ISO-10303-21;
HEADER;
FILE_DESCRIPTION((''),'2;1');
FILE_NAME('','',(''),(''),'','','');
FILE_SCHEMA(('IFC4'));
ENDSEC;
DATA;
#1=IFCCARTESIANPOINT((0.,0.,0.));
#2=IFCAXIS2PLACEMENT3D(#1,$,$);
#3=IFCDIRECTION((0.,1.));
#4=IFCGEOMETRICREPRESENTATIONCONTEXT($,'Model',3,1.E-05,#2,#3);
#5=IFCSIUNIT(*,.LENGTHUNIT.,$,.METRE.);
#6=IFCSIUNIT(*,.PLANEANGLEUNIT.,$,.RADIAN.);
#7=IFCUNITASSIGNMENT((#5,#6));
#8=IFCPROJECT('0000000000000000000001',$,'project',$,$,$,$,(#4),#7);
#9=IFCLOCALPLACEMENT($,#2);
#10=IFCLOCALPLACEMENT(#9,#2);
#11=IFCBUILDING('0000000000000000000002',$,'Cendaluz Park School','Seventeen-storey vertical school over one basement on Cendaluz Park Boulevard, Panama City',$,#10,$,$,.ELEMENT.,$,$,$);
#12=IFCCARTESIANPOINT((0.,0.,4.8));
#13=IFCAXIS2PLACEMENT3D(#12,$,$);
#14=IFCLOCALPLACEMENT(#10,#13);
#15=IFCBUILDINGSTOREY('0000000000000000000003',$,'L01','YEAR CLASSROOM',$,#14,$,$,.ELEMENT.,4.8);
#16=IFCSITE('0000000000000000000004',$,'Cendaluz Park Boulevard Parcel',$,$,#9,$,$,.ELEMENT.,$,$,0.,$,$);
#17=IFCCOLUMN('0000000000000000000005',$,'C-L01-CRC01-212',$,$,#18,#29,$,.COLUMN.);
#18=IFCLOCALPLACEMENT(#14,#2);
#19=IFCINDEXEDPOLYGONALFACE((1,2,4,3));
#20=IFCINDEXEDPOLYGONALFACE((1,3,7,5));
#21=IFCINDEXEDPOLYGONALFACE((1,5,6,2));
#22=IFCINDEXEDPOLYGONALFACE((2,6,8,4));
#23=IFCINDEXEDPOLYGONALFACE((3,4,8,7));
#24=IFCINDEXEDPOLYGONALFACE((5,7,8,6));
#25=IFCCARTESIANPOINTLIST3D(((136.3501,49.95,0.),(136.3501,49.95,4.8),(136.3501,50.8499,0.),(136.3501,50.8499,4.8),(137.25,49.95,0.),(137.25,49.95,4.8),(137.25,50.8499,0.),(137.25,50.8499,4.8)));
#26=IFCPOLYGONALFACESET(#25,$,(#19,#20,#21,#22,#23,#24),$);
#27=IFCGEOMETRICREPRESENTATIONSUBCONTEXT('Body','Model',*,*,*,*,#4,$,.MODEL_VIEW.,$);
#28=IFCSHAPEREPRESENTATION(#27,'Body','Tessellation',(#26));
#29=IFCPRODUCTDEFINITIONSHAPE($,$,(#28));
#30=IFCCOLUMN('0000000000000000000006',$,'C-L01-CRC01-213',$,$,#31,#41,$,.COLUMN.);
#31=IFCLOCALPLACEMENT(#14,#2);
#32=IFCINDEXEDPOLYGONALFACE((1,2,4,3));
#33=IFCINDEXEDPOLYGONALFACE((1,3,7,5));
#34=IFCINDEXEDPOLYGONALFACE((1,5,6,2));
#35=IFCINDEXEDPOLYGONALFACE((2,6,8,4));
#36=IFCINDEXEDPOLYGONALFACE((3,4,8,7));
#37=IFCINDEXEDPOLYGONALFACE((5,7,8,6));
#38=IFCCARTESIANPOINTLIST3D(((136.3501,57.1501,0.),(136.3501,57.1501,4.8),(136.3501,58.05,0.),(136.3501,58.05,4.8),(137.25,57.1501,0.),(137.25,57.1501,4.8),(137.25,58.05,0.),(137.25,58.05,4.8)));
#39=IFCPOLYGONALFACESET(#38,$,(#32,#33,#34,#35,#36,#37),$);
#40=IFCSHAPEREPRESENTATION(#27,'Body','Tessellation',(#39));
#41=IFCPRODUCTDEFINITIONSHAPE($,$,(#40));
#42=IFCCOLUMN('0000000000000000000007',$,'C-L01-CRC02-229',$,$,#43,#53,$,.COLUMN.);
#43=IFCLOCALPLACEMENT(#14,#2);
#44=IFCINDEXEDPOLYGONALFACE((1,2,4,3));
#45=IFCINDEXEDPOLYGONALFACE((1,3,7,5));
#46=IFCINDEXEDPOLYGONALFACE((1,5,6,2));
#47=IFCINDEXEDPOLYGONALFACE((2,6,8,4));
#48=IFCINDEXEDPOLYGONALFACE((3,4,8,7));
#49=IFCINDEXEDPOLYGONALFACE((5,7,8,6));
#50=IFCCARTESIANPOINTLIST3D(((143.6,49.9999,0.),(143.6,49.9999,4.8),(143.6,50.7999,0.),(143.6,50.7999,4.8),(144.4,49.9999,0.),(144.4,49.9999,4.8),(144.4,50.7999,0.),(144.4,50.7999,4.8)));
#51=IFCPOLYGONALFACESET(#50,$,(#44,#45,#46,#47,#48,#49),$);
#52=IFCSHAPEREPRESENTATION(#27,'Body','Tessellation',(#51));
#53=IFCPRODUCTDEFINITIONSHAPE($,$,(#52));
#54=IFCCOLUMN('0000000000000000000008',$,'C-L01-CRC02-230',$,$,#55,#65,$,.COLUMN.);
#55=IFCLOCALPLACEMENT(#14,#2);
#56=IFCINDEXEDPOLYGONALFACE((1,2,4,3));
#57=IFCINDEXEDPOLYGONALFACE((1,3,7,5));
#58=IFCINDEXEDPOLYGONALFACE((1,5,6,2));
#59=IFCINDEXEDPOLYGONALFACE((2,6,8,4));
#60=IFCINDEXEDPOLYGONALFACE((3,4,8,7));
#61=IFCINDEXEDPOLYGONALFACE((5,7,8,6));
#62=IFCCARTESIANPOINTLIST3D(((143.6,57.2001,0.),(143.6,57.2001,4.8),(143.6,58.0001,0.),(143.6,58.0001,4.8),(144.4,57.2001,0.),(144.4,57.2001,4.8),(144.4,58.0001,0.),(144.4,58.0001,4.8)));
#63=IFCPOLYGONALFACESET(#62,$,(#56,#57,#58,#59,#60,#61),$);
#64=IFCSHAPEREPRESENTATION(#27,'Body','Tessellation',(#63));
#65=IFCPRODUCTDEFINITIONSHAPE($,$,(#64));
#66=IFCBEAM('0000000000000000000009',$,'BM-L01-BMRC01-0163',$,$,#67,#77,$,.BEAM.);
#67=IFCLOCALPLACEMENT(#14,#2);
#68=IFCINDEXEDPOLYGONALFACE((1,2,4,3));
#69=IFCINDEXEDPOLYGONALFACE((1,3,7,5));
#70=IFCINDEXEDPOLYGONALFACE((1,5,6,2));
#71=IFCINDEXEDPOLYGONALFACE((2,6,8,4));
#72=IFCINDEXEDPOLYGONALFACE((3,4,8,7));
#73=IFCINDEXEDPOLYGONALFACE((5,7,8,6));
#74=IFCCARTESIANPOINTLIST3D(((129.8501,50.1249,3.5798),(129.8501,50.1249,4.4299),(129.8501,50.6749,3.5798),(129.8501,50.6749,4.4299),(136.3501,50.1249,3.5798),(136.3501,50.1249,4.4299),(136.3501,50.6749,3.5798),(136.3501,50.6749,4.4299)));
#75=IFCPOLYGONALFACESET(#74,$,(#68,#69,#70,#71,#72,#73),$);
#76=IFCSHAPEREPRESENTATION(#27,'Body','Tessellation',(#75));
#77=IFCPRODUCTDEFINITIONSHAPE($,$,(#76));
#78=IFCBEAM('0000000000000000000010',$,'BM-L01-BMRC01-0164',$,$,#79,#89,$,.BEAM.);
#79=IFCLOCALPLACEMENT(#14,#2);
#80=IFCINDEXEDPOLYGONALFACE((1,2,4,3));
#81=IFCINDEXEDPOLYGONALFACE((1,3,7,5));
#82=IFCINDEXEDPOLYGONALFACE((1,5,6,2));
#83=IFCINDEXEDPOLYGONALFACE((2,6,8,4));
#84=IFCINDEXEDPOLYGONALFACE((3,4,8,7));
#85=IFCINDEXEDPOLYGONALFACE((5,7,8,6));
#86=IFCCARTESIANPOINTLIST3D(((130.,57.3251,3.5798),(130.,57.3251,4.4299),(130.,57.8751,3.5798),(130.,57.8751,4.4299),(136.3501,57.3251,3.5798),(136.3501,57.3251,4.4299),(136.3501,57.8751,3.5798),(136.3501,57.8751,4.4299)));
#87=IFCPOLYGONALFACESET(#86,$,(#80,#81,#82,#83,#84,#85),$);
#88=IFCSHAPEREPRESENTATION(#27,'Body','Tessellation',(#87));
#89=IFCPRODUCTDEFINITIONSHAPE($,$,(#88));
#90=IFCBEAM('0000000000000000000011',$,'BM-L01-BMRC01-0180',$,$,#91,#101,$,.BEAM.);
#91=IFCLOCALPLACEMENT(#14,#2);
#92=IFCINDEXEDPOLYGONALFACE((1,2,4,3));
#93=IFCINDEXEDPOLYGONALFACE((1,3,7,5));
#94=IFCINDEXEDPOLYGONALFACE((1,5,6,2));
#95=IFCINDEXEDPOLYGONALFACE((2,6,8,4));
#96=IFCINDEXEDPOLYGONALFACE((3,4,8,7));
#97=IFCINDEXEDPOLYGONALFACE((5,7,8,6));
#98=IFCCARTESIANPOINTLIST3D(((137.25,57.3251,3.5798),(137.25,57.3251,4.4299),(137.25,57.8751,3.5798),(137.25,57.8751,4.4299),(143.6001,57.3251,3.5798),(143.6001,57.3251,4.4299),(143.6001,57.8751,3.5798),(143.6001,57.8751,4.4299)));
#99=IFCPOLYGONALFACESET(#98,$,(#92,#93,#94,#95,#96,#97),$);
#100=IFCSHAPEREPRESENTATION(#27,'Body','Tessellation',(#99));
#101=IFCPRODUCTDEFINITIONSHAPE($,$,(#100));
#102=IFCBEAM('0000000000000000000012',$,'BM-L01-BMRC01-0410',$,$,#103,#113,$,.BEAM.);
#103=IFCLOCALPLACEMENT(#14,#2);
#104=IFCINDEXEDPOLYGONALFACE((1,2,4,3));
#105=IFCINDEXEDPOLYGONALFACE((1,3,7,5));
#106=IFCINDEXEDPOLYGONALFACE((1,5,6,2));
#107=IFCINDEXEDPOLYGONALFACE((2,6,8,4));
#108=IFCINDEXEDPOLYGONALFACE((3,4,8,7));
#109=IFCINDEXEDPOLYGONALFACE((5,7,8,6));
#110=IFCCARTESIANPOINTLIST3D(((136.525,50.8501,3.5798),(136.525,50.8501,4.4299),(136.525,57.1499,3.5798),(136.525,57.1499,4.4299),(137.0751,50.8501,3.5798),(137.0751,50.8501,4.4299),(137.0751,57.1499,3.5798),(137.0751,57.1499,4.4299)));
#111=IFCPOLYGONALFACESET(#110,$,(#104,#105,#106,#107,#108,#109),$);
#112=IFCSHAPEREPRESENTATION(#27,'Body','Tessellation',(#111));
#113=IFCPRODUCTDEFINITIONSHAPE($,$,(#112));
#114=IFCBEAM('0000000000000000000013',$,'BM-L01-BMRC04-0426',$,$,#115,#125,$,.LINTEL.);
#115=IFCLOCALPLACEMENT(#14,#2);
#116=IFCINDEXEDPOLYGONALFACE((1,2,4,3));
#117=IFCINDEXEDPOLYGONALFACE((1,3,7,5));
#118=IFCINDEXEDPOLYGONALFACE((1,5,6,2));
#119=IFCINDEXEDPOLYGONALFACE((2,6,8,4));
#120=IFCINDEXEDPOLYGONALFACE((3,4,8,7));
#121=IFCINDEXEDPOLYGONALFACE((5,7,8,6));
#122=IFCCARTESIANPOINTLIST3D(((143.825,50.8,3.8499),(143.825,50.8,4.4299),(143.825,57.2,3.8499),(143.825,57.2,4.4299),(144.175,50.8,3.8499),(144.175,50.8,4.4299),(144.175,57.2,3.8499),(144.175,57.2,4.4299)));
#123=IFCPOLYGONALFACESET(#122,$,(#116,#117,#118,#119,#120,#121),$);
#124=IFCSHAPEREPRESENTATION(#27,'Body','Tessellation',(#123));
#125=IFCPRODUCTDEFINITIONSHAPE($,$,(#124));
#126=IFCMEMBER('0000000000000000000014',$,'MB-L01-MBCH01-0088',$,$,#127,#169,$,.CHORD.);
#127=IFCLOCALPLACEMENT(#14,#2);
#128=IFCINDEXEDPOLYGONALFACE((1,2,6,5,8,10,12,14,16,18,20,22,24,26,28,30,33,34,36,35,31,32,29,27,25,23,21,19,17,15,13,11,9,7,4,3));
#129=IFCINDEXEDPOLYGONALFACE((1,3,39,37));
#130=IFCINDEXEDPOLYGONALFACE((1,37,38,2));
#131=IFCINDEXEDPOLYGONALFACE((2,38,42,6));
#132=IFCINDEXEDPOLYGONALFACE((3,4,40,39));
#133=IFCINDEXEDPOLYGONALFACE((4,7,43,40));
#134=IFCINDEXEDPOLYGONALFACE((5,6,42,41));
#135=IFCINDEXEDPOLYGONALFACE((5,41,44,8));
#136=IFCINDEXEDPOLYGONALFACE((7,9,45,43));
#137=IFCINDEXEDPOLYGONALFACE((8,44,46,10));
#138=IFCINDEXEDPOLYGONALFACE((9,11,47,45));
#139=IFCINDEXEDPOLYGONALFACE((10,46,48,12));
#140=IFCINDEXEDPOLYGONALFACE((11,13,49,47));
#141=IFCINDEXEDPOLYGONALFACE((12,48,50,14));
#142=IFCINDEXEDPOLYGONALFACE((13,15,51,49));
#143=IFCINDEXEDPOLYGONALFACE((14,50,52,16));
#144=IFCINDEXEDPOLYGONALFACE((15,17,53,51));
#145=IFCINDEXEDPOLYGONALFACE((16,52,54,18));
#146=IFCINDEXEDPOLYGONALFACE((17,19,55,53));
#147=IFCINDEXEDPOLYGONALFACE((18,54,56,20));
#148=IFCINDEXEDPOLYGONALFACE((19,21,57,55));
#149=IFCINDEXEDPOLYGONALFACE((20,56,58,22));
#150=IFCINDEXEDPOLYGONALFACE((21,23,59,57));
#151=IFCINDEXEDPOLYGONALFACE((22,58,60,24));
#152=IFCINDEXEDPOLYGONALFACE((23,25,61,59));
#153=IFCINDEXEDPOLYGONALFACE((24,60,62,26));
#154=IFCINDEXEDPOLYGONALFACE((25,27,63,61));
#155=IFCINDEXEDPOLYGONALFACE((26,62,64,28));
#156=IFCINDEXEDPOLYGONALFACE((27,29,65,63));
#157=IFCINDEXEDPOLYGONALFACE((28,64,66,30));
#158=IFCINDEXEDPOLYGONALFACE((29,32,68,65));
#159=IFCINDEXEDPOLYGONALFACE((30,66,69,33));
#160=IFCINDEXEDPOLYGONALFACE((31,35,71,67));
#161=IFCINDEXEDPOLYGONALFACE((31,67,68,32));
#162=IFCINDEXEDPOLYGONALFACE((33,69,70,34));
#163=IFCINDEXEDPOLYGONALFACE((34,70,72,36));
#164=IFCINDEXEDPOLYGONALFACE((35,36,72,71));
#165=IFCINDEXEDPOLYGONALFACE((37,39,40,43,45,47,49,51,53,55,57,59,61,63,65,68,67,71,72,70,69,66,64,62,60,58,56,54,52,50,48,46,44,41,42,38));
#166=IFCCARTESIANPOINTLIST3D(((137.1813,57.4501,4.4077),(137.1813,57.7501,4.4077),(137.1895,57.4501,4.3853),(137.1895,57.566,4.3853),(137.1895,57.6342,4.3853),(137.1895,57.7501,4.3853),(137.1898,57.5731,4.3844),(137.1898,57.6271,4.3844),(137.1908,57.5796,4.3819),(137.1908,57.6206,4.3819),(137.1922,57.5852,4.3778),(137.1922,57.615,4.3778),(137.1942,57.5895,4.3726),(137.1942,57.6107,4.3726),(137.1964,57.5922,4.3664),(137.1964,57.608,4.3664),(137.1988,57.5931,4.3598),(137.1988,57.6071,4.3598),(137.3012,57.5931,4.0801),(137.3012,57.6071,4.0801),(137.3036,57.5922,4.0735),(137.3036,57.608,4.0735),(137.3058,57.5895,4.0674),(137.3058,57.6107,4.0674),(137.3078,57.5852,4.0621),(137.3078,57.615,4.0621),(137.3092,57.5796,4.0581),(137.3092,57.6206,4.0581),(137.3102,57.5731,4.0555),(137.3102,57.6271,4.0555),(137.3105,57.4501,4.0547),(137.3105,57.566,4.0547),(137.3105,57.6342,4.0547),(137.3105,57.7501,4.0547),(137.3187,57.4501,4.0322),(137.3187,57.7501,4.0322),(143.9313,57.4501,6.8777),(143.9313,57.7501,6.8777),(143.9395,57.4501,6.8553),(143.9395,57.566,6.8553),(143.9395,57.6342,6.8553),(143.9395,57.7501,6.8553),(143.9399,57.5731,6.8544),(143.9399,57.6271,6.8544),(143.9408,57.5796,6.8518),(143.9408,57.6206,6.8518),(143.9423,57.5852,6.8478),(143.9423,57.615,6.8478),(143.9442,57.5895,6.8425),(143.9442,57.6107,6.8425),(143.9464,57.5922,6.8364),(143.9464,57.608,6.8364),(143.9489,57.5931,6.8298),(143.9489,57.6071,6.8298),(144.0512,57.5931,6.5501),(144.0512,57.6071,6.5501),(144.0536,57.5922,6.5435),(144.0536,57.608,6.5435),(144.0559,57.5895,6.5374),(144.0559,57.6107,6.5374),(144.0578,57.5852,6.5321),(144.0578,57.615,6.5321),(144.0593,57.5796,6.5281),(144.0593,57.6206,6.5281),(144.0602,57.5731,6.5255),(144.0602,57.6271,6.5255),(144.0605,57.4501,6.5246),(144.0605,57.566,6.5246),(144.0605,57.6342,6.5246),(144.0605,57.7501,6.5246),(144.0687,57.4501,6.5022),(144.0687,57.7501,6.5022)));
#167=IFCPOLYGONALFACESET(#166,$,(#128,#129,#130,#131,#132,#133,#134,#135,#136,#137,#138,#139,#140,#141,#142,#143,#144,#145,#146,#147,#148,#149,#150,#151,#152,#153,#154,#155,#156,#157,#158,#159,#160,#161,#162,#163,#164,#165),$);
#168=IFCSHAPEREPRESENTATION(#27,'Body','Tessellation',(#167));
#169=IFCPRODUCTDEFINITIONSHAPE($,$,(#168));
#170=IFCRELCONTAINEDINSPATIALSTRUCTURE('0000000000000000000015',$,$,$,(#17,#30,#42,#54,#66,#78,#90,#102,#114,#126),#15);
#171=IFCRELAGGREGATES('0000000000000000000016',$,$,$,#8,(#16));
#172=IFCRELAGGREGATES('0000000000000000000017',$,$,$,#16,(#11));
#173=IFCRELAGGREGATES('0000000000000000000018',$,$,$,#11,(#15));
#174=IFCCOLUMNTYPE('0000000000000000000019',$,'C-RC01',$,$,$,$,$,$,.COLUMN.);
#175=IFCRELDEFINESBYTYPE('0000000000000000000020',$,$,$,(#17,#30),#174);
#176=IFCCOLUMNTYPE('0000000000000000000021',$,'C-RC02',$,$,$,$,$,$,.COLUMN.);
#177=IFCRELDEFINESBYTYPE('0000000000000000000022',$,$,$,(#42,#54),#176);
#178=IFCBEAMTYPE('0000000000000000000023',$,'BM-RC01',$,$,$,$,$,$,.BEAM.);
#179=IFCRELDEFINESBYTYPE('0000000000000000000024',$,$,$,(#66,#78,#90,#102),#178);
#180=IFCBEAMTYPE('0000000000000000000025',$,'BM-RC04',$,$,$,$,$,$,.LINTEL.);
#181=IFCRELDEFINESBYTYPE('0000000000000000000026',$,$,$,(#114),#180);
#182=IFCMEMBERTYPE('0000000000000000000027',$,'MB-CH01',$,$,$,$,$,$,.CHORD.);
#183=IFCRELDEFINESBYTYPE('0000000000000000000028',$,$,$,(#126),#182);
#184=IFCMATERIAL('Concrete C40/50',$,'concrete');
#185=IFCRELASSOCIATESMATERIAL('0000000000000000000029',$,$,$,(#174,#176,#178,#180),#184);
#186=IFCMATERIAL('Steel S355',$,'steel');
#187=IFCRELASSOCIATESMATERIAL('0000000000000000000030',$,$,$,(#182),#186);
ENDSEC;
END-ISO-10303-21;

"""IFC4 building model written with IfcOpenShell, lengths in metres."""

from ifc_helpers import new_model, si_unit, direction, frame, origin, origin_2d, place, context, subcontext, project, spatial, rectangle, i_section, extrude, material, material_profile, profile_set, type_object, element, save


model = new_model("IFC4")

# Units and contexts
model_context = context("Model", 3, precision=1e-05, world=origin(), true_north=direction((0.0, 1.0)))
body_context = subcontext(model_context, "Body", "Model", "MODEL_VIEW")
ifc_project = project(units=[si_unit("LENGTHUNIT", "METRE"), si_unit("PLANEANGLEUNIT", "RADIAN")], contexts=[model_context])

# Site, building, storey
site_placement = place(None, origin())
site = spatial("IfcSite", under=ifc_project, at=site_placement, Name="Cendaluz Park Boulevard Parcel", CompositionType="ELEMENT", RefElevation=0.0)
building_placement = place(site_placement, origin())
building = spatial("IfcBuilding", under=site, at=building_placement, Name="Cendaluz Park School", Description="Seventeen-storey vertical school over one basement on Cendaluz Park Boulevard, Panama City", CompositionType="ELEMENT")
storey_placement = place(building_placement, frame((0.0, 0.0, 4.8)))
storey = spatial("IfcBuildingStorey", under=building, at=storey_placement, Name="L01", Description="YEAR CLASSROOM", CompositionType="ELEMENT", Elevation=4.8)

# Columns
ifc_material_1 = material(Name="Concrete C40/50", Category="concrete")
ifc_material_profile_1 = material_profile(ifc_material_1, rectangle(XDim=0.8999, YDim=0.8999, at=origin_2d()), Name="RC 900x900", Category="concrete")
ifc_profile_set_1 = profile_set([ifc_material_profile_1], Name="Concrete C40/50")
column_type_1 = type_object("IfcColumnType", Name="C-RC01", PredefinedType="COLUMN", material=ifc_profile_set_1)
for number, where, z_axis, x_axis, name in (
    (1, (136.8, 50.3999, 0.0), (0.0, 0.0, 1.0), (1.0, 0.0, 0.0), "C-L01-CRC01-212"),
    (2, (136.8, 57.6001, 0.0), (0.0, 0.0, 1.0), (1.0, 0.0, 0.0), "C-L01-CRC01-213"),
):
    element("IfcColumn", number, at=place(storey_placement, frame(where, z_axis=z_axis, x_axis=x_axis)), inside=storey, type_object=column_type_1, Name=name, PredefinedType="COLUMN", context=body_context, shape_type="SweptSolid", body=[
        extrude(rectangle(XDim=0.8999, YDim=0.8999, at=origin_2d()), origin(), (0.0, 0.0, 1.0), 4.8),
    ])
ifc_material_profile_2 = material_profile(ifc_material_1, rectangle(XDim=0.8, YDim=0.8, at=origin_2d()), Name="RC 800x800", Category="concrete")
ifc_profile_set_2 = profile_set([ifc_material_profile_2], Name="Concrete C40/50")
column_type_2 = type_object("IfcColumnType", Name="C-RC02", PredefinedType="COLUMN", material=ifc_profile_set_2)
for number, where, z_axis, x_axis, name in (
    (3, (144.0, 50.3999, 0.0), (0.0, 0.0, 1.0), (1.0, 0.0, 0.0), "C-L01-CRC02-229"),
    (4, (144.0, 57.6001, 0.0), (0.0, 0.0, 1.0), (1.0, 0.0, 0.0), "C-L01-CRC02-230"),
):
    element("IfcColumn", number, at=place(storey_placement, frame(where, z_axis=z_axis, x_axis=x_axis)), inside=storey, type_object=column_type_2, Name=name, PredefinedType="COLUMN", context=body_context, shape_type="SweptSolid", body=[
        extrude(rectangle(XDim=0.8, YDim=0.8, at=origin_2d()), origin(), (0.0, 0.0, 1.0), 4.8),
    ])

# Beams
ifc_material_profile_3 = material_profile(ifc_material_1, rectangle(XDim=0.55, YDim=0.8501, at=origin_2d()), Name="RC 550x850", Category="concrete")
ifc_profile_set_3 = profile_set([ifc_material_profile_3], Name="Concrete C40/50")
beam_type_1 = type_object("IfcBeamType", Name="BM-RC01", PredefinedType="BEAM", material=ifc_profile_set_3)
beam_1_placement = place(storey_placement, frame((129.8501, 50.3999, 4.0049), z_axis=(1.0, 0.0, 0.0), x_axis=(0.0, 1.0, 0.0)))
element("IfcBeam", 5, at=beam_1_placement, inside=storey, type_object=beam_type_1, Name="BM-L01-BMRC01-0163", PredefinedType="BEAM", context=body_context, shape_type="SweptSolid", body=[
    extrude(rectangle(XDim=0.55, YDim=0.8501, at=origin_2d()), origin(), (0.0, 0.0, 1.0), 6.5),
])
for number, where, z_axis, x_axis, name in (
    (6, (130.0, 57.6001, 4.0049), (1.0, 0.0, 0.0), (0.0, 1.0, 0.0), "BM-L01-BMRC01-0164"),
    (7, (137.25, 57.6001, 4.0049), (1.0, 0.0, 0.0), (0.0, 1.0, 0.0), "BM-L01-BMRC01-0180"),
):
    element("IfcBeam", number, at=place(storey_placement, frame(where, z_axis=z_axis, x_axis=x_axis)), inside=storey, type_object=beam_type_1, Name=name, PredefinedType="BEAM", context=body_context, shape_type="SweptSolid", body=[
        extrude(rectangle(XDim=0.55, YDim=0.8501, at=origin_2d()), origin(), (0.0, 0.0, 1.0), 6.3501),
    ])
beam_2_placement = place(storey_placement, frame((136.8, 50.8501, 4.0049), z_axis=(0.0, 1.0, 0.0), x_axis=(-1.0, 0.0, 0.0)))
element("IfcBeam", 8, at=beam_2_placement, inside=storey, type_object=beam_type_1, Name="BM-L01-BMRC01-0410", PredefinedType="BEAM", context=body_context, shape_type="SweptSolid", body=[
    extrude(rectangle(XDim=0.55, YDim=0.8501, at=origin_2d()), origin(), (0.0, 0.0, 1.0), 6.2998),
])
ifc_material_profile_4 = material_profile(ifc_material_1, rectangle(XDim=0.3501, YDim=0.5801, at=origin_2d()), Name="RC 350x580", Category="concrete")
ifc_profile_set_4 = profile_set([ifc_material_profile_4], Name="Concrete C40/50")
beam_type_2 = type_object("IfcBeamType", Name="BM-RC04", PredefinedType="LINTEL", material=ifc_profile_set_4)
beam_3_placement = place(storey_placement, frame((144.0, 50.8, 4.1399), z_axis=(0.0, 1.0, 0.0), x_axis=(-1.0, 0.0, 0.0)))
element("IfcBeam", 9, at=beam_3_placement, inside=storey, type_object=beam_type_2, Name="BM-L01-BMRC04-0426", PredefinedType="LINTEL", context=body_context, shape_type="SweptSolid", body=[
    extrude(rectangle(XDim=0.3501, YDim=0.5801, at=origin_2d()), origin(), (0.0, 0.0, 1.0), 6.3999),
])

# Member
ifc_material_2 = material(Name="Steel S355", Category="steel")
ifc_material_profile_5 = material_profile(ifc_material_2, i_section(OverallWidth=0.3, OverallDepth=0.3999, WebThickness=0.0139, FlangeThickness=0.0239, FilletRadius=0.0271, at=origin_2d()), Name="HEB 400", Category="steel")
ifc_profile_set_5 = profile_set([ifc_material_profile_5], Name="Steel S355")
member_type_1 = type_object("IfcMemberType", Name="MB-CH01", PredefinedType="CHORD", material=ifc_profile_set_5)
member_1_placement = place(storey_placement, frame((137.25, 57.6001, 4.22), z_axis=(0.939102, 0.0, 0.343638), x_axis=(0.0, 1.0, 0.0)))
element("IfcMember", 10, at=member_1_placement, inside=storey, type_object=member_type_1, Name="MB-L01-MBCH01-0088", PredefinedType="CHORD", context=body_context, shape_type="SweptSolid", body=[
    extrude(i_section(OverallWidth=0.3, OverallDepth=0.3999, WebThickness=0.0139, FlangeThickness=0.0239, FilletRadius=0.0271, at=origin_2d()), origin(), (0.0, 0.0, 1.0), 7.1877),
])

save(model, "model.ifc")
